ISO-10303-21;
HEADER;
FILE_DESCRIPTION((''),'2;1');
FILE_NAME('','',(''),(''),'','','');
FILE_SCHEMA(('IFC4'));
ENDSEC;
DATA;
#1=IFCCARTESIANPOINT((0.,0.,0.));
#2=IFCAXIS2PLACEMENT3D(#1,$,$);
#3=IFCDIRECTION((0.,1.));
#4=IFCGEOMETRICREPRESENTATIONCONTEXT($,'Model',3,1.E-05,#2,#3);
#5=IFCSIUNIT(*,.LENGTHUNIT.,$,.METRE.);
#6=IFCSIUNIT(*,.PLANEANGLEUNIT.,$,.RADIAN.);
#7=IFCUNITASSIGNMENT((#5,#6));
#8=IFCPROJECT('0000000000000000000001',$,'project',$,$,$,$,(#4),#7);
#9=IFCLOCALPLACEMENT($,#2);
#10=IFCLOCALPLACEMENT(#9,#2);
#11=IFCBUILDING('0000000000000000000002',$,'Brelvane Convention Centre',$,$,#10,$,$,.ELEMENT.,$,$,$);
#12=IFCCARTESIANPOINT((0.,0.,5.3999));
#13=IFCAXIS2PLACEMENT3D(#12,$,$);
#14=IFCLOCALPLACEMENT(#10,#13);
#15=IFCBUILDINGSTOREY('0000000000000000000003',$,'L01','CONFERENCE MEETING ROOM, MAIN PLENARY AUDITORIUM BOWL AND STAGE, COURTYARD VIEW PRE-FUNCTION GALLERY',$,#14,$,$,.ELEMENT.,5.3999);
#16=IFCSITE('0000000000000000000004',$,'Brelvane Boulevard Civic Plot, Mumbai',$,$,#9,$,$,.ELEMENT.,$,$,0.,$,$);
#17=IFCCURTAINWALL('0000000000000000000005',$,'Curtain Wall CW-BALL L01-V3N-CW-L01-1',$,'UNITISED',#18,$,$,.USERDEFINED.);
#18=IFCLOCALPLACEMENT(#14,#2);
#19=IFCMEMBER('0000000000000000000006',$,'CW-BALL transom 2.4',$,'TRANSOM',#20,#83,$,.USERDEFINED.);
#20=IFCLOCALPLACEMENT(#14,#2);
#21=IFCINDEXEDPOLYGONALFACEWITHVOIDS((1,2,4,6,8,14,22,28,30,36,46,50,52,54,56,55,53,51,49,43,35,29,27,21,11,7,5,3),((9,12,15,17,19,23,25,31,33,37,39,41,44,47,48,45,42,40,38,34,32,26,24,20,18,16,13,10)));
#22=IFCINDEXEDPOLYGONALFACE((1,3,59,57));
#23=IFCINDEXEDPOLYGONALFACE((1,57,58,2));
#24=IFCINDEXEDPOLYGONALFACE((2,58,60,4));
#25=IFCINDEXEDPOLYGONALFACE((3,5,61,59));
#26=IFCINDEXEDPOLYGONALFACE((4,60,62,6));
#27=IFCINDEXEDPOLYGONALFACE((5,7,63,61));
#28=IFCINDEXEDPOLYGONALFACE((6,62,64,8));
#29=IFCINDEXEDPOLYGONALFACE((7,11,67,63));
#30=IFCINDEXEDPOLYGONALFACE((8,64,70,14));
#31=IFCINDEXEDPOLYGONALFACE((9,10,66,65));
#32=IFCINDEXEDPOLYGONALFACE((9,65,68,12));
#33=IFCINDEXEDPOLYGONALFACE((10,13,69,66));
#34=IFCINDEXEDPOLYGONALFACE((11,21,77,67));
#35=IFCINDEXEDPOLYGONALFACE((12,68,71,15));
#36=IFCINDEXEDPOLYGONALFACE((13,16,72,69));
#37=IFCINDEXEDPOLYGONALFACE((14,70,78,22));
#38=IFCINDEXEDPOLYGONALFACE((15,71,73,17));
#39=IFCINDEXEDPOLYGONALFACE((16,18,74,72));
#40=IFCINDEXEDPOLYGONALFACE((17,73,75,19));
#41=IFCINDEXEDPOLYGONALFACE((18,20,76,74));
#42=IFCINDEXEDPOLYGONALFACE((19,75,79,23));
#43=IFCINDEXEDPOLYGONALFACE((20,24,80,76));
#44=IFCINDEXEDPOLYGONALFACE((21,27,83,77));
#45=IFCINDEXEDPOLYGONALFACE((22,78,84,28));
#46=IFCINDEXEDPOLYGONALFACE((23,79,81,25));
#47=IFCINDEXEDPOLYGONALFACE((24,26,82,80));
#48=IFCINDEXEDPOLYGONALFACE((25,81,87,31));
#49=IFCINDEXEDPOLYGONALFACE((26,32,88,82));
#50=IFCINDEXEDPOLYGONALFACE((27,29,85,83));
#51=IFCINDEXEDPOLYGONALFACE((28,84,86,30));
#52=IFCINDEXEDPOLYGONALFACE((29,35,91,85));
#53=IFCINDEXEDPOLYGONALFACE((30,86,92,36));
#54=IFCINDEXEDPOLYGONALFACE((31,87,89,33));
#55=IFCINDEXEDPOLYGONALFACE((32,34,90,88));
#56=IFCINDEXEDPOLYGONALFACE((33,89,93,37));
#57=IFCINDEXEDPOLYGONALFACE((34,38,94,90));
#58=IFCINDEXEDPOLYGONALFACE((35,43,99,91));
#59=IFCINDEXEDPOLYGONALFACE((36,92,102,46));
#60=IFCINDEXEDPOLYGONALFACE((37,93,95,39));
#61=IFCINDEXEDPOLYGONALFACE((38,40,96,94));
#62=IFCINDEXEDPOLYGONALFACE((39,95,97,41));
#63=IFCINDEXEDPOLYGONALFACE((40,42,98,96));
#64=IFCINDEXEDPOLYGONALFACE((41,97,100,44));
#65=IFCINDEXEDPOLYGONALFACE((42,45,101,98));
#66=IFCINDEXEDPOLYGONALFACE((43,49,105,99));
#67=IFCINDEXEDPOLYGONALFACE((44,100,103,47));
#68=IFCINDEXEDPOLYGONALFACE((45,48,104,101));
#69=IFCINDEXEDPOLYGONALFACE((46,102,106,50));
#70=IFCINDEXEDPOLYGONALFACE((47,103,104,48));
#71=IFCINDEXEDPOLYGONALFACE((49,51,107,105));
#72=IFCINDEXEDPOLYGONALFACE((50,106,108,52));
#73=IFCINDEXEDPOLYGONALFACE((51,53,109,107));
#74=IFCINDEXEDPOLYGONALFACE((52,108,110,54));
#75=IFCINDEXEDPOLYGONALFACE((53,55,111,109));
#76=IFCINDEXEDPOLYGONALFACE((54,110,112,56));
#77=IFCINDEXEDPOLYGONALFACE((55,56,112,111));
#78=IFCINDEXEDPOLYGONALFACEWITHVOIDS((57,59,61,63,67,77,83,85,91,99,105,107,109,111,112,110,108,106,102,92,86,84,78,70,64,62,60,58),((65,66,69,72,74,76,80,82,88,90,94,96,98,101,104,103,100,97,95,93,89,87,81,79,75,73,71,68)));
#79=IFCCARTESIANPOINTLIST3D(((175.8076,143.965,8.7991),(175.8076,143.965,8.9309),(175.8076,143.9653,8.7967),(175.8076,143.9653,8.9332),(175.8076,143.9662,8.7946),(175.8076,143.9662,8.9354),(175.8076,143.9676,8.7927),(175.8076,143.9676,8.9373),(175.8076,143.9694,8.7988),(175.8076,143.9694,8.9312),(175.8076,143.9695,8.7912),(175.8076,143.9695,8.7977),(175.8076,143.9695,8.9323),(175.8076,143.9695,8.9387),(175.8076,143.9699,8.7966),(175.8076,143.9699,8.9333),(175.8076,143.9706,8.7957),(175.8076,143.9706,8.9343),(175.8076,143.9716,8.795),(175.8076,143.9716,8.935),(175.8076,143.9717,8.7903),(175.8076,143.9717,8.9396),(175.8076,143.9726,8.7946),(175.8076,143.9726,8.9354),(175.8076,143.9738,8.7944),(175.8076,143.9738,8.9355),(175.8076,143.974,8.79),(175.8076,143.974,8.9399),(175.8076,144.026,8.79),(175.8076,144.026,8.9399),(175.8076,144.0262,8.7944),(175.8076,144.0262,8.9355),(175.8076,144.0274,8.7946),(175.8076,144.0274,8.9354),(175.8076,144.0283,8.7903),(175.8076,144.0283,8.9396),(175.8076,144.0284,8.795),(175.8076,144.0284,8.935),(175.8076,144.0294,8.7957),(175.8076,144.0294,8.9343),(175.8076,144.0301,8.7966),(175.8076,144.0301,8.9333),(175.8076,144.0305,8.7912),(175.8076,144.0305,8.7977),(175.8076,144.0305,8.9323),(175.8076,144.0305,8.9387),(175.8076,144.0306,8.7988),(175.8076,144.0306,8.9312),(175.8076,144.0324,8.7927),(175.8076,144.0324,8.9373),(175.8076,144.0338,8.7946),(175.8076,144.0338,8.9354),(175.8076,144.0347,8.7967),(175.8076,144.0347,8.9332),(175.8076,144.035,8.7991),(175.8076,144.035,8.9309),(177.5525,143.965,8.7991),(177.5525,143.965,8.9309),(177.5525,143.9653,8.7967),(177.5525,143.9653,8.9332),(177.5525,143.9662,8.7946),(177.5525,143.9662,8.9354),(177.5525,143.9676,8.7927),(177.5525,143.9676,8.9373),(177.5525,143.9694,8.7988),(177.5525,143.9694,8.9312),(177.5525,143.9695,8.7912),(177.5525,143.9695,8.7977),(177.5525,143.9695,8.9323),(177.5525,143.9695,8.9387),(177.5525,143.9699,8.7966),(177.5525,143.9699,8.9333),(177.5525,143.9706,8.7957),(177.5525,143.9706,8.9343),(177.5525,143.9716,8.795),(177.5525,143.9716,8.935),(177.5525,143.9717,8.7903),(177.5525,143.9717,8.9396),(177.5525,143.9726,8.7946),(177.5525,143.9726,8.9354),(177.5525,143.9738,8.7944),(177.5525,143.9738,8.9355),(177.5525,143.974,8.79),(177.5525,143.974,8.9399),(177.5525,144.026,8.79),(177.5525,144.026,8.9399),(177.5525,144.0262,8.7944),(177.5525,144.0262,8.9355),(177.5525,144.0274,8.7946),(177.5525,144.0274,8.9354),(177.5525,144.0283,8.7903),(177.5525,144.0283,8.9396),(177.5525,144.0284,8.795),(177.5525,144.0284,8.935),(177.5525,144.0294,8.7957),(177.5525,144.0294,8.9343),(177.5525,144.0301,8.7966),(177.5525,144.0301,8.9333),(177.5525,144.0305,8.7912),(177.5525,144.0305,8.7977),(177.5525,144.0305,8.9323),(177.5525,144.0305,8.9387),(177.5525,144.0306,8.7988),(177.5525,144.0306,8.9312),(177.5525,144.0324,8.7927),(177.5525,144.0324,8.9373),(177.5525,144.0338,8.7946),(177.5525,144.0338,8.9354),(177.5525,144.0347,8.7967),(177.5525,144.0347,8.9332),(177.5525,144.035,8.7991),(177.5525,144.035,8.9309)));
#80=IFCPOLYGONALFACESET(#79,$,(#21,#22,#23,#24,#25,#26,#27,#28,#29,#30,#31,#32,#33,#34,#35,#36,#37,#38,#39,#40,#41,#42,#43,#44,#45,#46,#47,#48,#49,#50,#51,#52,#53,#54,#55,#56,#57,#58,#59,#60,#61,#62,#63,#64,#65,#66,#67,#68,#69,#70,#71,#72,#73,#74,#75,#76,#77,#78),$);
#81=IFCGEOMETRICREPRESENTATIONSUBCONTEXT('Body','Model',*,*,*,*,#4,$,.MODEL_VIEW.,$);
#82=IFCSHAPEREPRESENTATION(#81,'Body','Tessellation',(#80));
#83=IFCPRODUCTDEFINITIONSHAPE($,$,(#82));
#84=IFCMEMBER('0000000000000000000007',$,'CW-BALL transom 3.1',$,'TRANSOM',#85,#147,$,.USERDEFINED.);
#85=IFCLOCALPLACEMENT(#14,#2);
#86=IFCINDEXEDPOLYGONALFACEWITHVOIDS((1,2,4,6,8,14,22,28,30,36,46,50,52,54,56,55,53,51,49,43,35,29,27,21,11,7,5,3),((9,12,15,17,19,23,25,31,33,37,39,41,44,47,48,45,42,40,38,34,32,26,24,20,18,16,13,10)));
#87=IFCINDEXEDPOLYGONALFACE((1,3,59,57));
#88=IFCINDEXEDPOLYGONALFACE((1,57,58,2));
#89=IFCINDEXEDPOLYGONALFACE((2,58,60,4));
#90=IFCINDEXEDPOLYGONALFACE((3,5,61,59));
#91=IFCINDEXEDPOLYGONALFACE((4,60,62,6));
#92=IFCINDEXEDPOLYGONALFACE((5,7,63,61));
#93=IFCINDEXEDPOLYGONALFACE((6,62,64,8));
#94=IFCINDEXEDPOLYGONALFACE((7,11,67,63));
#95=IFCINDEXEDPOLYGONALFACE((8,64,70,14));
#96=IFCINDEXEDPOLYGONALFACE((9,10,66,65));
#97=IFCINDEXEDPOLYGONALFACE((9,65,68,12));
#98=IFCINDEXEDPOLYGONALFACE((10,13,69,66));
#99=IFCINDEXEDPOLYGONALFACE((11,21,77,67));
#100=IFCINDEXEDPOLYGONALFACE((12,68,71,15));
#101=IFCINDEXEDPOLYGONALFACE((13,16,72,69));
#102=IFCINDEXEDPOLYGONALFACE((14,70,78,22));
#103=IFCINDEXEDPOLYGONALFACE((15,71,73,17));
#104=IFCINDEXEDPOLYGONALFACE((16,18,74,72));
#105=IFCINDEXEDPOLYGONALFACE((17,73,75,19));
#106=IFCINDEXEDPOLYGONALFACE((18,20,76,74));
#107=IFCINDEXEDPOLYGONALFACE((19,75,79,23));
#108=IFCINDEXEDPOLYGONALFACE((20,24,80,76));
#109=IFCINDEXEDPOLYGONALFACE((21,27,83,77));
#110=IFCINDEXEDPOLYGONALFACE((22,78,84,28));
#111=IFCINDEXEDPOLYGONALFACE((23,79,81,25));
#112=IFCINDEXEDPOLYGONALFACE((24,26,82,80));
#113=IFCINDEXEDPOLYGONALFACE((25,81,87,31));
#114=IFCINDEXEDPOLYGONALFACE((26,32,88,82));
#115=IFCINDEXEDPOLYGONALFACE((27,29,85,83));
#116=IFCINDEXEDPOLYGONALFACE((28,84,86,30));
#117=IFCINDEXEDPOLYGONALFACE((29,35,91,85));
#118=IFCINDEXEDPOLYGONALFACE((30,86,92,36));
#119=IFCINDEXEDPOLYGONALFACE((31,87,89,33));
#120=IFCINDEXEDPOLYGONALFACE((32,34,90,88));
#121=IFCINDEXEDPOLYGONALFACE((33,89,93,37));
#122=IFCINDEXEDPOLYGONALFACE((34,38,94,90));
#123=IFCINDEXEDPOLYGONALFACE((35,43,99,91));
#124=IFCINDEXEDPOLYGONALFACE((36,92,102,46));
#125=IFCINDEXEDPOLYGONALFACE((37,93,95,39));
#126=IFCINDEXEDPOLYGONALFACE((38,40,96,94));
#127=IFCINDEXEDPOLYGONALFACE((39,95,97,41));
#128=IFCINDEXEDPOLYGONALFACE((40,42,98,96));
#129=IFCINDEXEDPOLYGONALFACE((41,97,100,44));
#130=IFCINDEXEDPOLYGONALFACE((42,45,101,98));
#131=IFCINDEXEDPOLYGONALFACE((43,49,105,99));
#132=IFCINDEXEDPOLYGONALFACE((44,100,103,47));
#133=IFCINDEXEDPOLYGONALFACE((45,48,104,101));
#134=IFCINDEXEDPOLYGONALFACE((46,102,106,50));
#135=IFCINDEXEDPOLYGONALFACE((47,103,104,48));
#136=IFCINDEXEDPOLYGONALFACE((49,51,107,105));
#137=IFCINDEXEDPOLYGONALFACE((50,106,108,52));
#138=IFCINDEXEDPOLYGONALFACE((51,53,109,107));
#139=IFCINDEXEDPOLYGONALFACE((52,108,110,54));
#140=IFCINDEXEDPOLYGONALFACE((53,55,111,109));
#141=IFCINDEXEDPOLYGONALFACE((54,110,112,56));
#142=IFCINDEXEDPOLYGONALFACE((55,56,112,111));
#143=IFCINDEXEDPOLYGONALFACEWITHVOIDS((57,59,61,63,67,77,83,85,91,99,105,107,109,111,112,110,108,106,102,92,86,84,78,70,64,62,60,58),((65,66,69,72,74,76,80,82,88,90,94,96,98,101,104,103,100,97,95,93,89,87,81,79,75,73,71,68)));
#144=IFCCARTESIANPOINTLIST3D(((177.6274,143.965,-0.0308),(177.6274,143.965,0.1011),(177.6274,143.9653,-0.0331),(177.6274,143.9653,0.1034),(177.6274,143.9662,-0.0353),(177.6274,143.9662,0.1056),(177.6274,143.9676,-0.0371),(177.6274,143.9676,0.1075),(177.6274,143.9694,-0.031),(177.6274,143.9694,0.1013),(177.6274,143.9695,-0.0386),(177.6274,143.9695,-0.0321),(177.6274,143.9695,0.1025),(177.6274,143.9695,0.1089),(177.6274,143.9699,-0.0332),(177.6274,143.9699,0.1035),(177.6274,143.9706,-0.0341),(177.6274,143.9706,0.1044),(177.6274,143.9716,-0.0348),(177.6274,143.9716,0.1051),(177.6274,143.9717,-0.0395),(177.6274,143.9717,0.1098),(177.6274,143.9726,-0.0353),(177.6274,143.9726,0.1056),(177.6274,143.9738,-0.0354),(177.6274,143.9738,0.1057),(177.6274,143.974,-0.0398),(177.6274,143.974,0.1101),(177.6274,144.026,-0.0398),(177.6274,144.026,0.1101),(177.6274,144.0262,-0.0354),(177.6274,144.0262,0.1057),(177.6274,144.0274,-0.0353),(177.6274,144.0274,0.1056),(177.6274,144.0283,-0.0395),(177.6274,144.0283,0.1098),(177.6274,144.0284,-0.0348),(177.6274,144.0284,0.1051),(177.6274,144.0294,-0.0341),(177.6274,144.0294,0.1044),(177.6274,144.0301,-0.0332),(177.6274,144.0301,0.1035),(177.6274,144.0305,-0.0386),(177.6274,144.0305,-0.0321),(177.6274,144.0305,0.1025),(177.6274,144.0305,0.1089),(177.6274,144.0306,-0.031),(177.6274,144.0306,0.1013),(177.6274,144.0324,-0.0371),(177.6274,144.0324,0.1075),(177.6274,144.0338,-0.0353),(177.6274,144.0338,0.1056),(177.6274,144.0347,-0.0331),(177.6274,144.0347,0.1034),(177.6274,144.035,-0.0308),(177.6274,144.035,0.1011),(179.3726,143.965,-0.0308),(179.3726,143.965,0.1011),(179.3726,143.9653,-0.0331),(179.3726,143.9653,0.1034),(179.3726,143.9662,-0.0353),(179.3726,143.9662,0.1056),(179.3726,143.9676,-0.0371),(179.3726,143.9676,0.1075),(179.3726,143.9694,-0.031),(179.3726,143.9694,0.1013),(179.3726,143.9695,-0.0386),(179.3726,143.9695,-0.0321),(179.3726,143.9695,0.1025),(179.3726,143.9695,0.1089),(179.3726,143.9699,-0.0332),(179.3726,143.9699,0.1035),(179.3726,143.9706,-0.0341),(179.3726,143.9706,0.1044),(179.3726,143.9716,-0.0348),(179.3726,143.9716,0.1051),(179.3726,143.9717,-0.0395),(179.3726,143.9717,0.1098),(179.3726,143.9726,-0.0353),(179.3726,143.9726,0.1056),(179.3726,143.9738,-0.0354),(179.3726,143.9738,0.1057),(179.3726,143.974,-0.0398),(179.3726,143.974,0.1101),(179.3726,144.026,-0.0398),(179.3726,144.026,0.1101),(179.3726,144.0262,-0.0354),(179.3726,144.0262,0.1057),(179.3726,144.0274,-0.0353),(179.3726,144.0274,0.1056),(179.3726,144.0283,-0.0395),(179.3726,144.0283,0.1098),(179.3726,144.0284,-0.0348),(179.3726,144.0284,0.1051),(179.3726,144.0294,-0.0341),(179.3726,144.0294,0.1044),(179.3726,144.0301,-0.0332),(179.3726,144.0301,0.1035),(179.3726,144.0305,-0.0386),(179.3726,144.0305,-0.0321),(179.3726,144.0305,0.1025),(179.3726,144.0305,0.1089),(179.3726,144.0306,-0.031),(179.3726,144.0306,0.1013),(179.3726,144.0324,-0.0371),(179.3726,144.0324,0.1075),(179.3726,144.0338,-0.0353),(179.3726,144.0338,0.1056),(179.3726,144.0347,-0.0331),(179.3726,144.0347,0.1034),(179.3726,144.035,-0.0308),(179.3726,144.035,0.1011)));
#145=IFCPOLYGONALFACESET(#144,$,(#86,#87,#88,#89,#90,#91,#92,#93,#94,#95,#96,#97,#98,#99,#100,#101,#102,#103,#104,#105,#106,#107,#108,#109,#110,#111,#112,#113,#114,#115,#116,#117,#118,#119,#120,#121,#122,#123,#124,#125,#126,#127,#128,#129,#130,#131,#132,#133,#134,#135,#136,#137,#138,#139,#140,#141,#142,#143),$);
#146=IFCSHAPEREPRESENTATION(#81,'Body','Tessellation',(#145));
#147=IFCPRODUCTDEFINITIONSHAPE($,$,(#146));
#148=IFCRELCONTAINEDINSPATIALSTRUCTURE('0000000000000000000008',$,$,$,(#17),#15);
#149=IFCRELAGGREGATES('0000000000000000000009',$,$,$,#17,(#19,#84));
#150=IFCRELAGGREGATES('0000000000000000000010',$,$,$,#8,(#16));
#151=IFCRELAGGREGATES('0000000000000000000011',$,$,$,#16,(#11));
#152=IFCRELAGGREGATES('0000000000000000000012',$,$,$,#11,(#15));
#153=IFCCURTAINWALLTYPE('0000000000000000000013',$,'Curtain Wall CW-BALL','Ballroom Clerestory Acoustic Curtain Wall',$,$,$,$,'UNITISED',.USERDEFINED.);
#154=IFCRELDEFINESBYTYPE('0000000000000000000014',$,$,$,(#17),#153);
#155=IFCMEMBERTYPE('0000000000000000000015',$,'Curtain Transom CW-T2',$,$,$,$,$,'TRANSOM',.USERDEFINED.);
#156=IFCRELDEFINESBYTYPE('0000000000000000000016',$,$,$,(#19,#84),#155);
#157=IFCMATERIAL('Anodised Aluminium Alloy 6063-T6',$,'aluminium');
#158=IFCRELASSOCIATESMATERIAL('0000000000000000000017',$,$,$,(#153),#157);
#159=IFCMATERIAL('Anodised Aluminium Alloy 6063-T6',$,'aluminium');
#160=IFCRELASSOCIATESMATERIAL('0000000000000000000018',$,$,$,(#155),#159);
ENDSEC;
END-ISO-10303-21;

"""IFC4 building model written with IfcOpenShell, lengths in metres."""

from ifc_helpers import new_model, si_unit, direction, frame, origin, origin_2d, place, context, subcontext, project, spatial, hollow_rectangle, extrude, material, material_profile, profile_set, type_object, element, aggregate, save


model = new_model("IFC4")

# Units and contexts
model_context = context("Model", 3, precision=1e-05, world=origin(), true_north=direction((0.0, 1.0)))
body_context = subcontext(model_context, "Body", "Model", "MODEL_VIEW")
ifc_project = project(units=[si_unit("LENGTHUNIT", "METRE"), si_unit("PLANEANGLEUNIT", "RADIAN")], contexts=[model_context])

# Site, building, storey
site_placement = place(None, origin())
site = spatial("IfcSite", under=ifc_project, at=site_placement, Name="Brelvane Boulevard Civic Plot, Mumbai", CompositionType="ELEMENT", RefElevation=0.0)
building_placement = place(site_placement, origin())
building = spatial("IfcBuilding", under=site, at=building_placement, Name="Brelvane Convention Centre", CompositionType="ELEMENT")
storey_placement = place(building_placement, frame((0.0, 0.0, 5.3999)))
storey = spatial("IfcBuildingStorey", under=building, at=storey_placement, Name="L01", Description="CONFERENCE MEETING ROOM, MAIN PLENARY AUDITORIUM BOWL AND STAGE, COURTYARD VIEW PRE-FUNCTION GALLERY", CompositionType="ELEMENT", Elevation=5.3999)

# Curtain wall, members
ifc_material_1 = material(Name="Anodised Aluminium Alloy 6063-T6", Category="aluminium")
curtain_wall_type = type_object("IfcCurtainWallType", Name="Curtain Wall CW-BALL", Description="Ballroom Clerestory Acoustic Curtain Wall", ElementType="UNITISED", PredefinedType="USERDEFINED", material=ifc_material_1)
curtain_wall_placement = place(storey_placement, origin())
curtain_wall = element("IfcCurtainWall", 1, at=curtain_wall_placement, inside=storey, type_object=curtain_wall_type, Name="Curtain Wall CW-BALL L01-V3N-CW-L01-1", ObjectType="UNITISED", PredefinedType="USERDEFINED")
ifc_material_2 = material(Name="Anodised Aluminium Alloy 6063-T6", Category="aluminium")
ifc_material_profile_1 = material_profile(ifc_material_2, hollow_rectangle(XDim=0.0701, YDim=0.1499, WallThickness=0.0044, InnerFilletRadius=0.0044, OuterFilletRadius=0.009, at=origin_2d()), Name="ALU-T 150x70x4.5")
ifc_profile_set_1 = profile_set([ifc_material_profile_1], Name="Anodised Aluminium Alloy 6063-T6")
member_type_1 = type_object("IfcMemberType", Name="Curtain Transom CW-T2", ElementType="TRANSOM", PredefinedType="USERDEFINED", material=ifc_profile_set_1)
member_1_placement = place(storey_placement, frame((175.8076, 144.0, 8.865), z_axis=(1.0, 0.0, 0.0), x_axis=(0.0, 1.0, 0.0)))
member_1 = element("IfcMember", 2, at=member_1_placement, type_object=member_type_1, Name="CW-BALL transom 2.4", ObjectType="TRANSOM", PredefinedType="USERDEFINED", context=body_context, shape_type="SweptSolid", body=[
    extrude(hollow_rectangle(XDim=0.0701, YDim=0.1499, WallThickness=0.0044, InnerFilletRadius=0.0044, OuterFilletRadius=0.009, at=origin_2d()), origin(), (0.0, 0.0, 1.0), 1.7449),
])
member_2_placement = place(storey_placement, frame((177.6274, 144.0, 0.0352), z_axis=(1.0, 0.0, 0.0), x_axis=(0.0, 1.0, 0.0)))
member_2 = element("IfcMember", 3, at=member_2_placement, type_object=member_type_1, Name="CW-BALL transom 3.1", ObjectType="TRANSOM", PredefinedType="USERDEFINED", context=body_context, shape_type="SweptSolid", body=[
    extrude(hollow_rectangle(XDim=0.0701, YDim=0.1499, WallThickness=0.0044, InnerFilletRadius=0.0044, OuterFilletRadius=0.009, at=origin_2d()), origin(), (0.0, 0.0, 1.0), 1.7451),
])
aggregate(curtain_wall, [member_1, member_2])

save(model, "model.ifc")
